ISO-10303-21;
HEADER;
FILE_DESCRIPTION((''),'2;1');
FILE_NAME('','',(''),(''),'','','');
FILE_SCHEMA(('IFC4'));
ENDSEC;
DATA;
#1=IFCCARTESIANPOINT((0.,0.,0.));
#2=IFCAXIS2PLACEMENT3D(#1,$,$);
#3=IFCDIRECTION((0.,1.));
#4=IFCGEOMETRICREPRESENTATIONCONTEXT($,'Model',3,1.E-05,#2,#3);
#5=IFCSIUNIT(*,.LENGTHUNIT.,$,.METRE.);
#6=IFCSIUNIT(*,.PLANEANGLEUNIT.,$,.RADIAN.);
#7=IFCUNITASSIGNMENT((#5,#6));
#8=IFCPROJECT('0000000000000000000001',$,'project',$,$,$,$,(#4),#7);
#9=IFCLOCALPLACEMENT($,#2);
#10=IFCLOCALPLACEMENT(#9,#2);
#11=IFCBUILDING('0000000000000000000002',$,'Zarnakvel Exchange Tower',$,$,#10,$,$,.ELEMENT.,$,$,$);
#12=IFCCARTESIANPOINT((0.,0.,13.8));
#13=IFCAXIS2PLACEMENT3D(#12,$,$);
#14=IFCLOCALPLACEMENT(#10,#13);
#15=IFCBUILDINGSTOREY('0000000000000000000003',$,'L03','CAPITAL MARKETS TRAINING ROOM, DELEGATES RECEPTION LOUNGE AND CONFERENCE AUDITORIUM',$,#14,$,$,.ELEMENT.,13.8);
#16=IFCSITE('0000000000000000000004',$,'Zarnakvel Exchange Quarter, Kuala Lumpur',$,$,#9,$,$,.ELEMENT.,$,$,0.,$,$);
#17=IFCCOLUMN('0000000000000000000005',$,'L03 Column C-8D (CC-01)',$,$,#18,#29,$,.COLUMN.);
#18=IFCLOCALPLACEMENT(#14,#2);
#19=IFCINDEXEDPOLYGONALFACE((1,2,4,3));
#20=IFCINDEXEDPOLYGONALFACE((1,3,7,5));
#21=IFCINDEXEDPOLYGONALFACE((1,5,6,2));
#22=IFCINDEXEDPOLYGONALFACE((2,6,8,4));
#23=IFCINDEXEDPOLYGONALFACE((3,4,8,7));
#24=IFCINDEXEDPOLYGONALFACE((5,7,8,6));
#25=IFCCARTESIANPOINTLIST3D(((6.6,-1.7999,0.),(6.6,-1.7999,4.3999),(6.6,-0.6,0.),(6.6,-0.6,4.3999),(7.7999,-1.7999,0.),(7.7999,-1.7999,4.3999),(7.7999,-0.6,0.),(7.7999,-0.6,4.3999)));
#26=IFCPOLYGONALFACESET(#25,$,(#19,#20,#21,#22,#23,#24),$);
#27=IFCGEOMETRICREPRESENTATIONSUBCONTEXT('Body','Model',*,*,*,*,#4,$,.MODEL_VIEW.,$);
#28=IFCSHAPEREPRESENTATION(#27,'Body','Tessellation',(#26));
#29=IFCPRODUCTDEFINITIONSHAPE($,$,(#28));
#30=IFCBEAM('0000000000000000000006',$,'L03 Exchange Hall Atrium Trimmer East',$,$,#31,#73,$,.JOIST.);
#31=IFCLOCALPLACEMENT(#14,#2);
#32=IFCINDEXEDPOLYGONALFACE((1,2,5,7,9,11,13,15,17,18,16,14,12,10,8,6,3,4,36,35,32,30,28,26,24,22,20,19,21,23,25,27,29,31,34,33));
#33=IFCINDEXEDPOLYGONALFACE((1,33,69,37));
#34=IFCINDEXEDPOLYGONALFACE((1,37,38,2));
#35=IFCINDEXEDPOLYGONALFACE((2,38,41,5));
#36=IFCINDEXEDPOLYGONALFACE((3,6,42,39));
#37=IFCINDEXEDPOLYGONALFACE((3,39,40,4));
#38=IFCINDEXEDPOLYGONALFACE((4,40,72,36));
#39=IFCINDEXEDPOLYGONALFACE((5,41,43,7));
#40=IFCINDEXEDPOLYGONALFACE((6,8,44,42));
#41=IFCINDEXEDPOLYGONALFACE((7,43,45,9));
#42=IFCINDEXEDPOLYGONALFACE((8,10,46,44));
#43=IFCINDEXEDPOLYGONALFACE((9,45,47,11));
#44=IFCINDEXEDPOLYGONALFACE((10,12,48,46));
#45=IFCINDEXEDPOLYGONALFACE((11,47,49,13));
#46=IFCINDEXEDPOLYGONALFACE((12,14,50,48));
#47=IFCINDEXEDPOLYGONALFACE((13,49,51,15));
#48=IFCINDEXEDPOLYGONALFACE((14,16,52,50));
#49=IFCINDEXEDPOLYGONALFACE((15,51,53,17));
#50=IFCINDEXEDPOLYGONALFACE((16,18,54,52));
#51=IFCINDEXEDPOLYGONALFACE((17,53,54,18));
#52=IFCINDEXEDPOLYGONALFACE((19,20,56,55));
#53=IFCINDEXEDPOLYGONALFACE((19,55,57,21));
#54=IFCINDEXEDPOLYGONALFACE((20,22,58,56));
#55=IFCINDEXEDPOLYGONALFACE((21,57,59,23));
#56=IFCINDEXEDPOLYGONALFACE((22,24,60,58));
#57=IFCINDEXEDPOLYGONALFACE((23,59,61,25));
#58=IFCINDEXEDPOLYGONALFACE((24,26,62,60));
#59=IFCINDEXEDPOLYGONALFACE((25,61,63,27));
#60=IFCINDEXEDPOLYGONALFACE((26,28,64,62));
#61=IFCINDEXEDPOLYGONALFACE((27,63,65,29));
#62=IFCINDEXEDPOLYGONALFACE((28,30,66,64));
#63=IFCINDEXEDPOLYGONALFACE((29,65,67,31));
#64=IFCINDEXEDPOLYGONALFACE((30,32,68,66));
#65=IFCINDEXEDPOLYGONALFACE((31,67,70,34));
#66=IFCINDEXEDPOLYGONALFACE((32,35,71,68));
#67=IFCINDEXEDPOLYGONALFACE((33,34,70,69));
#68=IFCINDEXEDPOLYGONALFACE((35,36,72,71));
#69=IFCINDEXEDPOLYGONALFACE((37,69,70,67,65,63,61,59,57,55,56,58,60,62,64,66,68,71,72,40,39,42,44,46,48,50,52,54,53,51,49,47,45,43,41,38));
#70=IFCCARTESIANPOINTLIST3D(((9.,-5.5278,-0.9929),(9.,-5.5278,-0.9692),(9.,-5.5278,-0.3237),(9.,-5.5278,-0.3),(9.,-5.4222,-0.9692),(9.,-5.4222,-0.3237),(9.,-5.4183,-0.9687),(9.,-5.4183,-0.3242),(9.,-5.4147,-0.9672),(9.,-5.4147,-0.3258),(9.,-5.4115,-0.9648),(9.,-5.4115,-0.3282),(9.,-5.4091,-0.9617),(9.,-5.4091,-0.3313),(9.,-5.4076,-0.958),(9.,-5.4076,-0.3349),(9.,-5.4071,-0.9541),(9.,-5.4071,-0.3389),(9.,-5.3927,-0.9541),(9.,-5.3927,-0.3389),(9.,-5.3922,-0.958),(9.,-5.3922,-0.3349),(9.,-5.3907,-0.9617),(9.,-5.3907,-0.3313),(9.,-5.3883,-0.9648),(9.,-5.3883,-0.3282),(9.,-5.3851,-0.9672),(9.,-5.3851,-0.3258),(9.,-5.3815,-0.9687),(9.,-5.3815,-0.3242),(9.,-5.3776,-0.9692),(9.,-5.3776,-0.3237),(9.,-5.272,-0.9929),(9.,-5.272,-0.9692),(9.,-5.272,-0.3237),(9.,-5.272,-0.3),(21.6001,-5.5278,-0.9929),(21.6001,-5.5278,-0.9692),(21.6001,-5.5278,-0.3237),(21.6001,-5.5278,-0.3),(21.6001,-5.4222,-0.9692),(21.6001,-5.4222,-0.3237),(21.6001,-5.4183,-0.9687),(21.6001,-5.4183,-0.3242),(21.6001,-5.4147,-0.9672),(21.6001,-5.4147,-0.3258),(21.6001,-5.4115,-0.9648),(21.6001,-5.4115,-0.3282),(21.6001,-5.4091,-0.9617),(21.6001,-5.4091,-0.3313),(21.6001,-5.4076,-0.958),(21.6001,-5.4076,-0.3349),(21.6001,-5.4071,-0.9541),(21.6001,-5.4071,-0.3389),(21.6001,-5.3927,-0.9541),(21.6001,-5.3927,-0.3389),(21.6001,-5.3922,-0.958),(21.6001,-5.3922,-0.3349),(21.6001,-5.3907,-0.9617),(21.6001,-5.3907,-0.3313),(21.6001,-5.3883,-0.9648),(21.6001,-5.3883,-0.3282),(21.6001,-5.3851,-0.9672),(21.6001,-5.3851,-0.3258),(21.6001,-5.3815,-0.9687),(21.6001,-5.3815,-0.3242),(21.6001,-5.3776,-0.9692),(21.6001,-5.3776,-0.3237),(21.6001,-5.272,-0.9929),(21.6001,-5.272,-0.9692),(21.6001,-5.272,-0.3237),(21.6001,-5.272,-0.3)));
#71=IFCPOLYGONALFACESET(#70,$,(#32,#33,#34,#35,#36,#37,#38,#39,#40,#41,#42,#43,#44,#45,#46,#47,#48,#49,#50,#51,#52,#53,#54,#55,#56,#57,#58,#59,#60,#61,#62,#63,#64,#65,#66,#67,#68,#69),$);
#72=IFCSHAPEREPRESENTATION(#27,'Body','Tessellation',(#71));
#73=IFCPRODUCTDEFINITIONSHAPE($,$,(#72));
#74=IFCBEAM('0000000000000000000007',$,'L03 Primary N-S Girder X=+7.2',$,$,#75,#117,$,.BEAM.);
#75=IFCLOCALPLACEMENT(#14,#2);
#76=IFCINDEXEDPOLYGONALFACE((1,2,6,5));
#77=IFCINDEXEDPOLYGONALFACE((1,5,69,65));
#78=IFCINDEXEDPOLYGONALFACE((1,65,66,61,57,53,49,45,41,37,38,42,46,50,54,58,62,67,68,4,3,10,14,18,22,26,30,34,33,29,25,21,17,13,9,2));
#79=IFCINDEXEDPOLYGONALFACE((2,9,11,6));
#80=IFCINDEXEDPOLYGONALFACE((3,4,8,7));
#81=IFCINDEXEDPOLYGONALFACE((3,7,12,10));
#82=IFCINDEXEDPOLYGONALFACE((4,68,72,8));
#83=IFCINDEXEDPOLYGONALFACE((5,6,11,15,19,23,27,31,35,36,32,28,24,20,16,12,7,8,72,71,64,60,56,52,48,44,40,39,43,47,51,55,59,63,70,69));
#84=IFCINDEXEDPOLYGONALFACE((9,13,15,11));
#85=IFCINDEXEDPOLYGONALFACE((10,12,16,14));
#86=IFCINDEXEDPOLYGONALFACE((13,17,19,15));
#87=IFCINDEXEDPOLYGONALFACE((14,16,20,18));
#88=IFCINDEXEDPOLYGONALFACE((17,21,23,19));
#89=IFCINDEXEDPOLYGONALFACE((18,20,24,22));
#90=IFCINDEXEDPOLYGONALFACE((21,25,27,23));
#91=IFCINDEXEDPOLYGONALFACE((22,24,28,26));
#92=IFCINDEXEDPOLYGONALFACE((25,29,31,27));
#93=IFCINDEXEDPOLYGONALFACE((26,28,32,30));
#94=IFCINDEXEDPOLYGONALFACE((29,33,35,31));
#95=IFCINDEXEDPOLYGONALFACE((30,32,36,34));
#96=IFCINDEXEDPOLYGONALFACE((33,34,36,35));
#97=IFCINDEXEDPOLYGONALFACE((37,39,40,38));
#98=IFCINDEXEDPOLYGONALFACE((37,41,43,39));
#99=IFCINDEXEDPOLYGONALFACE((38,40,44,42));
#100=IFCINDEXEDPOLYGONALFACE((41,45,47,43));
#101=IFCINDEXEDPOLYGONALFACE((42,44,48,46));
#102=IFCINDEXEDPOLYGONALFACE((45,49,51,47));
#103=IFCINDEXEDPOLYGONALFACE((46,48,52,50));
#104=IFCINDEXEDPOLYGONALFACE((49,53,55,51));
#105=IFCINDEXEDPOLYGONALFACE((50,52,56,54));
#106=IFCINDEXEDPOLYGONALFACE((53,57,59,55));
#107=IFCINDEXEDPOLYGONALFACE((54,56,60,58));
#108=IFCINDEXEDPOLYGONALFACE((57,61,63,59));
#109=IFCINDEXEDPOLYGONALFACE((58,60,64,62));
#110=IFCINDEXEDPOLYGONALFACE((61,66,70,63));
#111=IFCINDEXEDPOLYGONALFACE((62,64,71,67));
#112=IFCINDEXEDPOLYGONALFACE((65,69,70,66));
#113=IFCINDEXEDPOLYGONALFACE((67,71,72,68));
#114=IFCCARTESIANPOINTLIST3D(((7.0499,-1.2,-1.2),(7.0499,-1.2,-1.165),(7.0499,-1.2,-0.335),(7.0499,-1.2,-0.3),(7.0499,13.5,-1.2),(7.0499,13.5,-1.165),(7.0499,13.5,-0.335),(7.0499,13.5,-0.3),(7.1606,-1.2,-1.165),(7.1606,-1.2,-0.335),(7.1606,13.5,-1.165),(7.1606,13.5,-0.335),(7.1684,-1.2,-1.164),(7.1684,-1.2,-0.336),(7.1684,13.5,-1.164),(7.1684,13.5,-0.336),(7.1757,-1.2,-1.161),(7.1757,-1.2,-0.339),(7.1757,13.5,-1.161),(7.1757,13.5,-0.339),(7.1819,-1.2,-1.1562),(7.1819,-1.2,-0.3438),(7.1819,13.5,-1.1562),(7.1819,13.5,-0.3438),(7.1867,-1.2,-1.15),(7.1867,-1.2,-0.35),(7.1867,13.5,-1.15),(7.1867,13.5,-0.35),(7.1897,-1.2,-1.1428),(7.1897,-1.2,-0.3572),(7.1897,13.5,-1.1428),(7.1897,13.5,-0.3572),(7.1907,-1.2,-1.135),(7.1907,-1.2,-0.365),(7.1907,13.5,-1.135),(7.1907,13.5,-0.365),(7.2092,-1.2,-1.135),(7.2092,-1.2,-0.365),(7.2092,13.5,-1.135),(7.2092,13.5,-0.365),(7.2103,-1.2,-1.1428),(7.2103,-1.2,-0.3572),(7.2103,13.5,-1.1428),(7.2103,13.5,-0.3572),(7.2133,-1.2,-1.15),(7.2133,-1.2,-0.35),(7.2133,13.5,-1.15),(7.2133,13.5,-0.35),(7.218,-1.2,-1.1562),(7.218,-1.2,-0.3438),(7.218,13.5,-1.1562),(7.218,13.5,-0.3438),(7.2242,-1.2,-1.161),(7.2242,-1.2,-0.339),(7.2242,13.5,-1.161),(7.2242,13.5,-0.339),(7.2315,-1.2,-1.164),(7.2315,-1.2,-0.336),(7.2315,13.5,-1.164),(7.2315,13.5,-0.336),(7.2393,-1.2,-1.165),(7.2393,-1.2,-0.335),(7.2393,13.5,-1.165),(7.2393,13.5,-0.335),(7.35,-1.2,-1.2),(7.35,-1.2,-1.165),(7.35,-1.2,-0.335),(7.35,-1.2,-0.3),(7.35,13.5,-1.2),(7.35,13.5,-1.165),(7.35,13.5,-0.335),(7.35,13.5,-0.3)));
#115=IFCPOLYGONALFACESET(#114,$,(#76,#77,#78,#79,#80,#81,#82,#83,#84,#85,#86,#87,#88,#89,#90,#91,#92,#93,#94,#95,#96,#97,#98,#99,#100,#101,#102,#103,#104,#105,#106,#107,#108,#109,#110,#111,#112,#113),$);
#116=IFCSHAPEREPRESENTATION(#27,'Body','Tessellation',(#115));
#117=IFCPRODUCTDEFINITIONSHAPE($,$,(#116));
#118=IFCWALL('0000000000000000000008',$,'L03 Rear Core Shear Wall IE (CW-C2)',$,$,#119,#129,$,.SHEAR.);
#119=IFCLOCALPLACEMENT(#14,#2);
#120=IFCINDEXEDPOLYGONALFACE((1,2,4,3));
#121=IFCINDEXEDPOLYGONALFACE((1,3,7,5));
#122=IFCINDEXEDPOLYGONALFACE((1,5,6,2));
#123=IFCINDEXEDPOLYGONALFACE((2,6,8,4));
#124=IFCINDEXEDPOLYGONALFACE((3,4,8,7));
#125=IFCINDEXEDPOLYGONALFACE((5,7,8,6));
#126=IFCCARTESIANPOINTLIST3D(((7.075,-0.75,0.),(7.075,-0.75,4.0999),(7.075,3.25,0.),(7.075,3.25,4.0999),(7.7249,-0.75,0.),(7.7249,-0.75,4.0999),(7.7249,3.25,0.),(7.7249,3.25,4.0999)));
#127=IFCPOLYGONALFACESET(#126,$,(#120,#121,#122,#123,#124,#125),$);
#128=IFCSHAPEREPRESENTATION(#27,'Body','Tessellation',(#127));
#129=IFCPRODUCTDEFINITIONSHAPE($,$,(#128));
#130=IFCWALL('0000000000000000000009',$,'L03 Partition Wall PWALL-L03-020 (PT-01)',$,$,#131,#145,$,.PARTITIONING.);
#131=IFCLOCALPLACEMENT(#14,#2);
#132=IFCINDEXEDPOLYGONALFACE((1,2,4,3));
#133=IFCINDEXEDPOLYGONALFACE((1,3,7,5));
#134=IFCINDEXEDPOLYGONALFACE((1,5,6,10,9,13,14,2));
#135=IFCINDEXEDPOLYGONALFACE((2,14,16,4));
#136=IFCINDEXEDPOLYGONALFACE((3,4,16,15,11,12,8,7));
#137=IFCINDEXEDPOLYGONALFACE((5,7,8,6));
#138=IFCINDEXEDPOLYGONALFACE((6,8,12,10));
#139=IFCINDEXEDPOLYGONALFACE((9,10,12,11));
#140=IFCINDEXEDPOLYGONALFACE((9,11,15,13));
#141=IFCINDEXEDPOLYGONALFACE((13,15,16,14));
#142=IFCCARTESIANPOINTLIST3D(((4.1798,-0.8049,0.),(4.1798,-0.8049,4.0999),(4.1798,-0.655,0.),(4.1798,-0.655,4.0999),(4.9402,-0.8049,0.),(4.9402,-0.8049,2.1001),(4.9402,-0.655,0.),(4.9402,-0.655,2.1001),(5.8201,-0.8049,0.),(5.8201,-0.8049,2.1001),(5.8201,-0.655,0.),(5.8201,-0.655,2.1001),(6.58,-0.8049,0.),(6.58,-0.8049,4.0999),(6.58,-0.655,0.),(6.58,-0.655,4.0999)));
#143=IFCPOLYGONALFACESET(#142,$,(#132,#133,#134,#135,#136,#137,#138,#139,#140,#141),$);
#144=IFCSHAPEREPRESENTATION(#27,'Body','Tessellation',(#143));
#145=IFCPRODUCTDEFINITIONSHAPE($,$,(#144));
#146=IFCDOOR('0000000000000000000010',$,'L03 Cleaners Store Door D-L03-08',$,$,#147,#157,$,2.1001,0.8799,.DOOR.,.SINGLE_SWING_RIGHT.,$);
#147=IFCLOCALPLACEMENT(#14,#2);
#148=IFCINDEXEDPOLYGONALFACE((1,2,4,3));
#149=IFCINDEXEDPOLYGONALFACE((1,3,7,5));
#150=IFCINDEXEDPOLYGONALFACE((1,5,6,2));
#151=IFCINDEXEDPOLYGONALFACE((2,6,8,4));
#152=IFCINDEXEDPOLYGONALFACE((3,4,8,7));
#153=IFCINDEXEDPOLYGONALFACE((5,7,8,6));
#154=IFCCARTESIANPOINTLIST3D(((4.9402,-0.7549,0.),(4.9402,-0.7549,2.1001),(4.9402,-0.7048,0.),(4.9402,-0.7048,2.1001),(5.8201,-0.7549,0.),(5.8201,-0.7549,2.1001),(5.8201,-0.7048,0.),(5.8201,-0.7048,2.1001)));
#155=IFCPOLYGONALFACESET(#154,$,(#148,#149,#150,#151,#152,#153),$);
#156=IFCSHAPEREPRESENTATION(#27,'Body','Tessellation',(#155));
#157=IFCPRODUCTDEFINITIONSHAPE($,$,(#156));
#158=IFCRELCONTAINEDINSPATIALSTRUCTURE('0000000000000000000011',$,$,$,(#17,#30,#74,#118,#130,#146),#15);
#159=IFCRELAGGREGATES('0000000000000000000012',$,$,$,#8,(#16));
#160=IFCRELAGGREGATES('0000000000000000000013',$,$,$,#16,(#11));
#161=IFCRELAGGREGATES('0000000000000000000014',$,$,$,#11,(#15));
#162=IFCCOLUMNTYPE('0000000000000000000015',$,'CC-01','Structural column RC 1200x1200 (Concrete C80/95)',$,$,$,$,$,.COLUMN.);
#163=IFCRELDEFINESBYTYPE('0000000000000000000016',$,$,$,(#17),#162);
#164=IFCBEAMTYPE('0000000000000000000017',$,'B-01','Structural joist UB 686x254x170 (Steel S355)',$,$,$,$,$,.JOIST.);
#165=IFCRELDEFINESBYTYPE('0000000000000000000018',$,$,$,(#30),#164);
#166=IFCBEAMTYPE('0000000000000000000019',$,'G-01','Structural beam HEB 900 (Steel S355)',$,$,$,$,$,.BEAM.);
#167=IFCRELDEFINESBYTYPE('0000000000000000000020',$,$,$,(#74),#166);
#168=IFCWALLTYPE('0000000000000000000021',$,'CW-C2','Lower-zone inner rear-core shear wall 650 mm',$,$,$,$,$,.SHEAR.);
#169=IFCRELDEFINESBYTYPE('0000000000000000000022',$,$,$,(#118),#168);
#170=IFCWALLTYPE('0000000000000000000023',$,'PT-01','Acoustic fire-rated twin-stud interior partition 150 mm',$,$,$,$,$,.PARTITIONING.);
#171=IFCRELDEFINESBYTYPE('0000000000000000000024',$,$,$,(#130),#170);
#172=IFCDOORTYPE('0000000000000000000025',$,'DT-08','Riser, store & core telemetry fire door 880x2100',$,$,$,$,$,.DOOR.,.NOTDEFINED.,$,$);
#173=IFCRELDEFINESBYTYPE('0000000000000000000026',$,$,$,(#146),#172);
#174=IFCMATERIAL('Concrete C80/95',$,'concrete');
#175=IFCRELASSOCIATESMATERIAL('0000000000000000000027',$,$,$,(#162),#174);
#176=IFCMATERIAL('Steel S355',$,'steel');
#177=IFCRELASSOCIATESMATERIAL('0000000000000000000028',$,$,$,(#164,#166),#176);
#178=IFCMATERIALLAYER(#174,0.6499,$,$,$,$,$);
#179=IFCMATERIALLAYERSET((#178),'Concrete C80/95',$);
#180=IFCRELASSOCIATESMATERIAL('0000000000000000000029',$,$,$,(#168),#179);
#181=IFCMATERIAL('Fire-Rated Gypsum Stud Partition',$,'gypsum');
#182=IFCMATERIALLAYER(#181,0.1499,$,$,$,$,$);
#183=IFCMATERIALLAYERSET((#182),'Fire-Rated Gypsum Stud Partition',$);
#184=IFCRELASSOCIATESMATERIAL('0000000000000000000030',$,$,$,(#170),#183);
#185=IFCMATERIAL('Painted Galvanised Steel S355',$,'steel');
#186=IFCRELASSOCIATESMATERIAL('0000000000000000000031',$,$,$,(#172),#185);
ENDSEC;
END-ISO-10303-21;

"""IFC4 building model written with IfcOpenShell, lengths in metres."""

from ifc_helpers import new_model, si_unit, direction, frame, frame_2d, origin, origin_2d, place, context, subcontext, project, spatial, rectangle, i_section, extrude, source, transform, mapped, material, layer, layer_set, material_profile, profile_set, type_object, element, fill, save


model = new_model("IFC4")

# Units and contexts
model_context = context("Model", 3, precision=1e-05, world=origin(), true_north=direction((0.0, 1.0)))
body_context = subcontext(model_context, "Body", "Model", "MODEL_VIEW")
ifc_project = project(units=[si_unit("LENGTHUNIT", "METRE"), si_unit("PLANEANGLEUNIT", "RADIAN")], contexts=[model_context])

# Site, building, storey
site_placement = place(None, origin())
site = spatial("IfcSite", under=ifc_project, at=site_placement, Name="Zarnakvel Exchange Quarter, Kuala Lumpur", CompositionType="ELEMENT", RefElevation=0.0)
building_placement = place(site_placement, origin())
building = spatial("IfcBuilding", under=site, at=building_placement, Name="Zarnakvel Exchange Tower", CompositionType="ELEMENT")
storey_placement = place(building_placement, frame((0.0, 0.0, 13.8)))
storey = spatial("IfcBuildingStorey", under=building, at=storey_placement, Name="L03", Description="CAPITAL MARKETS TRAINING ROOM, DELEGATES RECEPTION LOUNGE AND CONFERENCE AUDITORIUM", CompositionType="ELEMENT", Elevation=13.8)

# Column
ifc_material_1 = material(Name="Concrete C80/95", Category="concrete")
ifc_material_profile_1 = material_profile(ifc_material_1, rectangle(XDim=1.2, YDim=1.2, at=origin_2d()))
ifc_profile_set_1 = profile_set([ifc_material_profile_1], Name="Concrete C80/95")
column_type = type_object("IfcColumnType", Name="CC-01", Description="Structural column RC 1200x1200 (Concrete C80/95)", PredefinedType="COLUMN", material=ifc_profile_set_1)
column_placement = place(storey_placement, frame((7.2, -1.2, 0.0), z_axis=(0.0, 0.0, 1.0), x_axis=(1.0, 0.0, 0.0)))
element("IfcColumn", 1, at=column_placement, inside=storey, type_object=column_type, Name="L03 Column C-8D (CC-01)", PredefinedType="COLUMN", context=body_context, shape_type="SweptSolid", body=[
    extrude(rectangle(XDim=1.2, YDim=1.2, at=origin_2d()), origin(), (0.0, 0.0, 1.0), 4.3999),
])

# Beams
ifc_material_2 = material(Name="Steel S355", Category="steel")
ifc_material_profile_2 = material_profile(ifc_material_2, i_section(OverallWidth=0.2559, OverallDepth=0.6929, WebThickness=0.0144, FlangeThickness=0.0237, FilletRadius=0.0151, at=origin_2d()))
ifc_profile_set_2 = profile_set([ifc_material_profile_2], Name="Steel S355")
beam_type_1 = type_object("IfcBeamType", Name="B-01", Description="Structural joist UB 686x254x170 (Steel S355)", PredefinedType="JOIST", material=ifc_profile_set_2)
beam_1_placement = place(storey_placement, frame((9.0, -5.3999, -0.6465), z_axis=(1.0, 0.0, 0.0), x_axis=(0.0, 1.0, 0.0)))
element("IfcBeam", 2, at=beam_1_placement, inside=storey, type_object=beam_type_1, Name="L03 Exchange Hall Atrium Trimmer East", PredefinedType="JOIST", context=body_context, shape_type="SweptSolid", body=[
    extrude(i_section(OverallWidth=0.2559, OverallDepth=0.6929, WebThickness=0.0144, FlangeThickness=0.0237, FilletRadius=0.0151, at=origin_2d()), origin(), (0.0, 0.0, 1.0), 12.6001),
])
ifc_material_profile_3 = material_profile(ifc_material_2, i_section(OverallWidth=0.3, OverallDepth=0.8999, WebThickness=0.0186, FlangeThickness=0.0349, FilletRadius=0.03, at=origin_2d()))
ifc_profile_set_3 = profile_set([ifc_material_profile_3], Name="Steel S355")
beam_type_2 = type_object("IfcBeamType", Name="G-01", Description="Structural beam HEB 900 (Steel S355)", PredefinedType="BEAM", material=ifc_profile_set_3)
beam_2_placement = place(storey_placement, frame((7.2, -1.2, -0.75), z_axis=(0.0, 1.0, 0.0), x_axis=(-1.0, 0.0, 0.0)))
element("IfcBeam", 3, at=beam_2_placement, inside=storey, type_object=beam_type_2, Name="L03 Primary N-S Girder X=+7.2", PredefinedType="BEAM", context=body_context, shape_type="SweptSolid", body=[
    extrude(i_section(OverallWidth=0.3, OverallDepth=0.8999, WebThickness=0.0186, FlangeThickness=0.0349, FilletRadius=0.03, at=origin_2d()), origin(), (0.0, 0.0, 1.0), 14.7),
])

# Shared definitions
ifc_material_3 = material(Name="Painted Galvanised Steel S355", Category="steel")

# Wall
ifc_layer_1 = layer(ifc_material_1, 0.6499)
ifc_layer_set_1 = layer_set([ifc_layer_1], Name="Concrete C80/95")
wall_type_1 = type_object("IfcWallType", Name="CW-C2", Description="Lower-zone inner rear-core shear wall 650 mm", PredefinedType="SHEAR", material=ifc_layer_set_1)
wall_1_placement = place(storey_placement, frame((7.3999, -0.75, 0.0), z_axis=(0.0, 0.0, 1.0), x_axis=(0.0, 1.0, 0.0)))
element("IfcWall", 4, at=wall_1_placement, inside=storey, type_object=wall_type_1, Name="L03 Rear Core Shear Wall IE (CW-C2)", PredefinedType="SHEAR", context=body_context, shape_type="SweptSolid", body=[
    extrude(rectangle(XDim=4.0, YDim=0.6499, at=frame_2d((2.0, 0.0))), origin(), (0.0, 0.0, 1.0), 4.0999),
])

# Wall, opening, door
ifc_material_4 = material(Name="Fire-Rated Gypsum Stud Partition", Category="gypsum")
ifc_layer_2 = layer(ifc_material_4, 0.1499)
ifc_layer_set_2 = layer_set([ifc_layer_2], Name="Fire-Rated Gypsum Stud Partition")
wall_type_2 = type_object("IfcWallType", Name="PT-01", Description="Acoustic fire-rated twin-stud interior partition 150 mm", PredefinedType="PARTITIONING", material=ifc_layer_set_2)
wall_2_placement = place(storey_placement, frame((6.5801, -0.73, 0.0), z_axis=(0.0, 0.0, 1.0), x_axis=(-1.0, 0.0, 0.0)))
wall_2 = element("IfcWall", 5, at=wall_2_placement, inside=storey, type_object=wall_type_2, Name="L03 Partition Wall PWALL-L03-020 (PT-01)", PredefinedType="PARTITIONING", context=body_context, shape_type="SweptSolid", body=[
    extrude(rectangle(XDim=2.4001, YDim=0.1499, at=frame_2d((1.2002, 0.0))), origin(), (0.0, 0.0, 1.0), 4.0999),
])
opening_1_placement = place(wall_2_placement, frame((0.76, 0.0, 0.0)))
opening_1 = element("IfcOpeningElement", 6, at=opening_1_placement, cuts=wall_2, PredefinedType="OPENING", context=body_context, shape_type="SweptSolid", body=[
    extrude(rectangle(XDim=0.8799, YDim=2.1001, at=frame_2d((0.4399, 1.05))), frame((0.0, 0.085, 0.0), z_axis=(0.0, -1.0, 0.0), x_axis=(1.0, 0.0, 0.0)), (0.0, 0.0, 1.0), 0.1699),
])
door_type_1 = type_object("IfcDoorType", Name="DT-08", Description="Riser, store & core telemetry fire door 880x2100", OperationType="NOTDEFINED", PredefinedType="DOOR", material=ifc_material_3)
shared_shape_1 = source(origin(), body_context, "Body", "SweptSolid", [
    extrude(rectangle(XDim=0.8799, YDim=2.1001, at=frame_2d((0.4399, 1.05))), frame((0.0, 0.0249, 0.0), z_axis=(0.0, -1.0, 0.0), x_axis=(1.0, 0.0, 0.0)), (0.0, 0.0, 1.0), 0.05),
])
door_1_placement = place(opening_1_placement, origin())
door_1 = element("IfcDoor", 7, at=door_1_placement, inside=storey, type_object=door_type_1, Name="L03 Cleaners Store Door D-L03-08", OperationType="SINGLE_SWING_RIGHT", OverallHeight=2.1001, OverallWidth=0.8799, PredefinedType="DOOR", context=body_context, shape_type="MappedRepresentation", body=[
    mapped(shared_shape_1, transform((0.0, 0.0, 0.0), x_axis=(1.0, 0.0, 0.0), y_axis=(0.0, 1.0, 0.0), z_axis=(0.0, 0.0, 1.0), scale=1.0)),
])
fill(opening_1, door_1)

save(model, "model.ifc")
